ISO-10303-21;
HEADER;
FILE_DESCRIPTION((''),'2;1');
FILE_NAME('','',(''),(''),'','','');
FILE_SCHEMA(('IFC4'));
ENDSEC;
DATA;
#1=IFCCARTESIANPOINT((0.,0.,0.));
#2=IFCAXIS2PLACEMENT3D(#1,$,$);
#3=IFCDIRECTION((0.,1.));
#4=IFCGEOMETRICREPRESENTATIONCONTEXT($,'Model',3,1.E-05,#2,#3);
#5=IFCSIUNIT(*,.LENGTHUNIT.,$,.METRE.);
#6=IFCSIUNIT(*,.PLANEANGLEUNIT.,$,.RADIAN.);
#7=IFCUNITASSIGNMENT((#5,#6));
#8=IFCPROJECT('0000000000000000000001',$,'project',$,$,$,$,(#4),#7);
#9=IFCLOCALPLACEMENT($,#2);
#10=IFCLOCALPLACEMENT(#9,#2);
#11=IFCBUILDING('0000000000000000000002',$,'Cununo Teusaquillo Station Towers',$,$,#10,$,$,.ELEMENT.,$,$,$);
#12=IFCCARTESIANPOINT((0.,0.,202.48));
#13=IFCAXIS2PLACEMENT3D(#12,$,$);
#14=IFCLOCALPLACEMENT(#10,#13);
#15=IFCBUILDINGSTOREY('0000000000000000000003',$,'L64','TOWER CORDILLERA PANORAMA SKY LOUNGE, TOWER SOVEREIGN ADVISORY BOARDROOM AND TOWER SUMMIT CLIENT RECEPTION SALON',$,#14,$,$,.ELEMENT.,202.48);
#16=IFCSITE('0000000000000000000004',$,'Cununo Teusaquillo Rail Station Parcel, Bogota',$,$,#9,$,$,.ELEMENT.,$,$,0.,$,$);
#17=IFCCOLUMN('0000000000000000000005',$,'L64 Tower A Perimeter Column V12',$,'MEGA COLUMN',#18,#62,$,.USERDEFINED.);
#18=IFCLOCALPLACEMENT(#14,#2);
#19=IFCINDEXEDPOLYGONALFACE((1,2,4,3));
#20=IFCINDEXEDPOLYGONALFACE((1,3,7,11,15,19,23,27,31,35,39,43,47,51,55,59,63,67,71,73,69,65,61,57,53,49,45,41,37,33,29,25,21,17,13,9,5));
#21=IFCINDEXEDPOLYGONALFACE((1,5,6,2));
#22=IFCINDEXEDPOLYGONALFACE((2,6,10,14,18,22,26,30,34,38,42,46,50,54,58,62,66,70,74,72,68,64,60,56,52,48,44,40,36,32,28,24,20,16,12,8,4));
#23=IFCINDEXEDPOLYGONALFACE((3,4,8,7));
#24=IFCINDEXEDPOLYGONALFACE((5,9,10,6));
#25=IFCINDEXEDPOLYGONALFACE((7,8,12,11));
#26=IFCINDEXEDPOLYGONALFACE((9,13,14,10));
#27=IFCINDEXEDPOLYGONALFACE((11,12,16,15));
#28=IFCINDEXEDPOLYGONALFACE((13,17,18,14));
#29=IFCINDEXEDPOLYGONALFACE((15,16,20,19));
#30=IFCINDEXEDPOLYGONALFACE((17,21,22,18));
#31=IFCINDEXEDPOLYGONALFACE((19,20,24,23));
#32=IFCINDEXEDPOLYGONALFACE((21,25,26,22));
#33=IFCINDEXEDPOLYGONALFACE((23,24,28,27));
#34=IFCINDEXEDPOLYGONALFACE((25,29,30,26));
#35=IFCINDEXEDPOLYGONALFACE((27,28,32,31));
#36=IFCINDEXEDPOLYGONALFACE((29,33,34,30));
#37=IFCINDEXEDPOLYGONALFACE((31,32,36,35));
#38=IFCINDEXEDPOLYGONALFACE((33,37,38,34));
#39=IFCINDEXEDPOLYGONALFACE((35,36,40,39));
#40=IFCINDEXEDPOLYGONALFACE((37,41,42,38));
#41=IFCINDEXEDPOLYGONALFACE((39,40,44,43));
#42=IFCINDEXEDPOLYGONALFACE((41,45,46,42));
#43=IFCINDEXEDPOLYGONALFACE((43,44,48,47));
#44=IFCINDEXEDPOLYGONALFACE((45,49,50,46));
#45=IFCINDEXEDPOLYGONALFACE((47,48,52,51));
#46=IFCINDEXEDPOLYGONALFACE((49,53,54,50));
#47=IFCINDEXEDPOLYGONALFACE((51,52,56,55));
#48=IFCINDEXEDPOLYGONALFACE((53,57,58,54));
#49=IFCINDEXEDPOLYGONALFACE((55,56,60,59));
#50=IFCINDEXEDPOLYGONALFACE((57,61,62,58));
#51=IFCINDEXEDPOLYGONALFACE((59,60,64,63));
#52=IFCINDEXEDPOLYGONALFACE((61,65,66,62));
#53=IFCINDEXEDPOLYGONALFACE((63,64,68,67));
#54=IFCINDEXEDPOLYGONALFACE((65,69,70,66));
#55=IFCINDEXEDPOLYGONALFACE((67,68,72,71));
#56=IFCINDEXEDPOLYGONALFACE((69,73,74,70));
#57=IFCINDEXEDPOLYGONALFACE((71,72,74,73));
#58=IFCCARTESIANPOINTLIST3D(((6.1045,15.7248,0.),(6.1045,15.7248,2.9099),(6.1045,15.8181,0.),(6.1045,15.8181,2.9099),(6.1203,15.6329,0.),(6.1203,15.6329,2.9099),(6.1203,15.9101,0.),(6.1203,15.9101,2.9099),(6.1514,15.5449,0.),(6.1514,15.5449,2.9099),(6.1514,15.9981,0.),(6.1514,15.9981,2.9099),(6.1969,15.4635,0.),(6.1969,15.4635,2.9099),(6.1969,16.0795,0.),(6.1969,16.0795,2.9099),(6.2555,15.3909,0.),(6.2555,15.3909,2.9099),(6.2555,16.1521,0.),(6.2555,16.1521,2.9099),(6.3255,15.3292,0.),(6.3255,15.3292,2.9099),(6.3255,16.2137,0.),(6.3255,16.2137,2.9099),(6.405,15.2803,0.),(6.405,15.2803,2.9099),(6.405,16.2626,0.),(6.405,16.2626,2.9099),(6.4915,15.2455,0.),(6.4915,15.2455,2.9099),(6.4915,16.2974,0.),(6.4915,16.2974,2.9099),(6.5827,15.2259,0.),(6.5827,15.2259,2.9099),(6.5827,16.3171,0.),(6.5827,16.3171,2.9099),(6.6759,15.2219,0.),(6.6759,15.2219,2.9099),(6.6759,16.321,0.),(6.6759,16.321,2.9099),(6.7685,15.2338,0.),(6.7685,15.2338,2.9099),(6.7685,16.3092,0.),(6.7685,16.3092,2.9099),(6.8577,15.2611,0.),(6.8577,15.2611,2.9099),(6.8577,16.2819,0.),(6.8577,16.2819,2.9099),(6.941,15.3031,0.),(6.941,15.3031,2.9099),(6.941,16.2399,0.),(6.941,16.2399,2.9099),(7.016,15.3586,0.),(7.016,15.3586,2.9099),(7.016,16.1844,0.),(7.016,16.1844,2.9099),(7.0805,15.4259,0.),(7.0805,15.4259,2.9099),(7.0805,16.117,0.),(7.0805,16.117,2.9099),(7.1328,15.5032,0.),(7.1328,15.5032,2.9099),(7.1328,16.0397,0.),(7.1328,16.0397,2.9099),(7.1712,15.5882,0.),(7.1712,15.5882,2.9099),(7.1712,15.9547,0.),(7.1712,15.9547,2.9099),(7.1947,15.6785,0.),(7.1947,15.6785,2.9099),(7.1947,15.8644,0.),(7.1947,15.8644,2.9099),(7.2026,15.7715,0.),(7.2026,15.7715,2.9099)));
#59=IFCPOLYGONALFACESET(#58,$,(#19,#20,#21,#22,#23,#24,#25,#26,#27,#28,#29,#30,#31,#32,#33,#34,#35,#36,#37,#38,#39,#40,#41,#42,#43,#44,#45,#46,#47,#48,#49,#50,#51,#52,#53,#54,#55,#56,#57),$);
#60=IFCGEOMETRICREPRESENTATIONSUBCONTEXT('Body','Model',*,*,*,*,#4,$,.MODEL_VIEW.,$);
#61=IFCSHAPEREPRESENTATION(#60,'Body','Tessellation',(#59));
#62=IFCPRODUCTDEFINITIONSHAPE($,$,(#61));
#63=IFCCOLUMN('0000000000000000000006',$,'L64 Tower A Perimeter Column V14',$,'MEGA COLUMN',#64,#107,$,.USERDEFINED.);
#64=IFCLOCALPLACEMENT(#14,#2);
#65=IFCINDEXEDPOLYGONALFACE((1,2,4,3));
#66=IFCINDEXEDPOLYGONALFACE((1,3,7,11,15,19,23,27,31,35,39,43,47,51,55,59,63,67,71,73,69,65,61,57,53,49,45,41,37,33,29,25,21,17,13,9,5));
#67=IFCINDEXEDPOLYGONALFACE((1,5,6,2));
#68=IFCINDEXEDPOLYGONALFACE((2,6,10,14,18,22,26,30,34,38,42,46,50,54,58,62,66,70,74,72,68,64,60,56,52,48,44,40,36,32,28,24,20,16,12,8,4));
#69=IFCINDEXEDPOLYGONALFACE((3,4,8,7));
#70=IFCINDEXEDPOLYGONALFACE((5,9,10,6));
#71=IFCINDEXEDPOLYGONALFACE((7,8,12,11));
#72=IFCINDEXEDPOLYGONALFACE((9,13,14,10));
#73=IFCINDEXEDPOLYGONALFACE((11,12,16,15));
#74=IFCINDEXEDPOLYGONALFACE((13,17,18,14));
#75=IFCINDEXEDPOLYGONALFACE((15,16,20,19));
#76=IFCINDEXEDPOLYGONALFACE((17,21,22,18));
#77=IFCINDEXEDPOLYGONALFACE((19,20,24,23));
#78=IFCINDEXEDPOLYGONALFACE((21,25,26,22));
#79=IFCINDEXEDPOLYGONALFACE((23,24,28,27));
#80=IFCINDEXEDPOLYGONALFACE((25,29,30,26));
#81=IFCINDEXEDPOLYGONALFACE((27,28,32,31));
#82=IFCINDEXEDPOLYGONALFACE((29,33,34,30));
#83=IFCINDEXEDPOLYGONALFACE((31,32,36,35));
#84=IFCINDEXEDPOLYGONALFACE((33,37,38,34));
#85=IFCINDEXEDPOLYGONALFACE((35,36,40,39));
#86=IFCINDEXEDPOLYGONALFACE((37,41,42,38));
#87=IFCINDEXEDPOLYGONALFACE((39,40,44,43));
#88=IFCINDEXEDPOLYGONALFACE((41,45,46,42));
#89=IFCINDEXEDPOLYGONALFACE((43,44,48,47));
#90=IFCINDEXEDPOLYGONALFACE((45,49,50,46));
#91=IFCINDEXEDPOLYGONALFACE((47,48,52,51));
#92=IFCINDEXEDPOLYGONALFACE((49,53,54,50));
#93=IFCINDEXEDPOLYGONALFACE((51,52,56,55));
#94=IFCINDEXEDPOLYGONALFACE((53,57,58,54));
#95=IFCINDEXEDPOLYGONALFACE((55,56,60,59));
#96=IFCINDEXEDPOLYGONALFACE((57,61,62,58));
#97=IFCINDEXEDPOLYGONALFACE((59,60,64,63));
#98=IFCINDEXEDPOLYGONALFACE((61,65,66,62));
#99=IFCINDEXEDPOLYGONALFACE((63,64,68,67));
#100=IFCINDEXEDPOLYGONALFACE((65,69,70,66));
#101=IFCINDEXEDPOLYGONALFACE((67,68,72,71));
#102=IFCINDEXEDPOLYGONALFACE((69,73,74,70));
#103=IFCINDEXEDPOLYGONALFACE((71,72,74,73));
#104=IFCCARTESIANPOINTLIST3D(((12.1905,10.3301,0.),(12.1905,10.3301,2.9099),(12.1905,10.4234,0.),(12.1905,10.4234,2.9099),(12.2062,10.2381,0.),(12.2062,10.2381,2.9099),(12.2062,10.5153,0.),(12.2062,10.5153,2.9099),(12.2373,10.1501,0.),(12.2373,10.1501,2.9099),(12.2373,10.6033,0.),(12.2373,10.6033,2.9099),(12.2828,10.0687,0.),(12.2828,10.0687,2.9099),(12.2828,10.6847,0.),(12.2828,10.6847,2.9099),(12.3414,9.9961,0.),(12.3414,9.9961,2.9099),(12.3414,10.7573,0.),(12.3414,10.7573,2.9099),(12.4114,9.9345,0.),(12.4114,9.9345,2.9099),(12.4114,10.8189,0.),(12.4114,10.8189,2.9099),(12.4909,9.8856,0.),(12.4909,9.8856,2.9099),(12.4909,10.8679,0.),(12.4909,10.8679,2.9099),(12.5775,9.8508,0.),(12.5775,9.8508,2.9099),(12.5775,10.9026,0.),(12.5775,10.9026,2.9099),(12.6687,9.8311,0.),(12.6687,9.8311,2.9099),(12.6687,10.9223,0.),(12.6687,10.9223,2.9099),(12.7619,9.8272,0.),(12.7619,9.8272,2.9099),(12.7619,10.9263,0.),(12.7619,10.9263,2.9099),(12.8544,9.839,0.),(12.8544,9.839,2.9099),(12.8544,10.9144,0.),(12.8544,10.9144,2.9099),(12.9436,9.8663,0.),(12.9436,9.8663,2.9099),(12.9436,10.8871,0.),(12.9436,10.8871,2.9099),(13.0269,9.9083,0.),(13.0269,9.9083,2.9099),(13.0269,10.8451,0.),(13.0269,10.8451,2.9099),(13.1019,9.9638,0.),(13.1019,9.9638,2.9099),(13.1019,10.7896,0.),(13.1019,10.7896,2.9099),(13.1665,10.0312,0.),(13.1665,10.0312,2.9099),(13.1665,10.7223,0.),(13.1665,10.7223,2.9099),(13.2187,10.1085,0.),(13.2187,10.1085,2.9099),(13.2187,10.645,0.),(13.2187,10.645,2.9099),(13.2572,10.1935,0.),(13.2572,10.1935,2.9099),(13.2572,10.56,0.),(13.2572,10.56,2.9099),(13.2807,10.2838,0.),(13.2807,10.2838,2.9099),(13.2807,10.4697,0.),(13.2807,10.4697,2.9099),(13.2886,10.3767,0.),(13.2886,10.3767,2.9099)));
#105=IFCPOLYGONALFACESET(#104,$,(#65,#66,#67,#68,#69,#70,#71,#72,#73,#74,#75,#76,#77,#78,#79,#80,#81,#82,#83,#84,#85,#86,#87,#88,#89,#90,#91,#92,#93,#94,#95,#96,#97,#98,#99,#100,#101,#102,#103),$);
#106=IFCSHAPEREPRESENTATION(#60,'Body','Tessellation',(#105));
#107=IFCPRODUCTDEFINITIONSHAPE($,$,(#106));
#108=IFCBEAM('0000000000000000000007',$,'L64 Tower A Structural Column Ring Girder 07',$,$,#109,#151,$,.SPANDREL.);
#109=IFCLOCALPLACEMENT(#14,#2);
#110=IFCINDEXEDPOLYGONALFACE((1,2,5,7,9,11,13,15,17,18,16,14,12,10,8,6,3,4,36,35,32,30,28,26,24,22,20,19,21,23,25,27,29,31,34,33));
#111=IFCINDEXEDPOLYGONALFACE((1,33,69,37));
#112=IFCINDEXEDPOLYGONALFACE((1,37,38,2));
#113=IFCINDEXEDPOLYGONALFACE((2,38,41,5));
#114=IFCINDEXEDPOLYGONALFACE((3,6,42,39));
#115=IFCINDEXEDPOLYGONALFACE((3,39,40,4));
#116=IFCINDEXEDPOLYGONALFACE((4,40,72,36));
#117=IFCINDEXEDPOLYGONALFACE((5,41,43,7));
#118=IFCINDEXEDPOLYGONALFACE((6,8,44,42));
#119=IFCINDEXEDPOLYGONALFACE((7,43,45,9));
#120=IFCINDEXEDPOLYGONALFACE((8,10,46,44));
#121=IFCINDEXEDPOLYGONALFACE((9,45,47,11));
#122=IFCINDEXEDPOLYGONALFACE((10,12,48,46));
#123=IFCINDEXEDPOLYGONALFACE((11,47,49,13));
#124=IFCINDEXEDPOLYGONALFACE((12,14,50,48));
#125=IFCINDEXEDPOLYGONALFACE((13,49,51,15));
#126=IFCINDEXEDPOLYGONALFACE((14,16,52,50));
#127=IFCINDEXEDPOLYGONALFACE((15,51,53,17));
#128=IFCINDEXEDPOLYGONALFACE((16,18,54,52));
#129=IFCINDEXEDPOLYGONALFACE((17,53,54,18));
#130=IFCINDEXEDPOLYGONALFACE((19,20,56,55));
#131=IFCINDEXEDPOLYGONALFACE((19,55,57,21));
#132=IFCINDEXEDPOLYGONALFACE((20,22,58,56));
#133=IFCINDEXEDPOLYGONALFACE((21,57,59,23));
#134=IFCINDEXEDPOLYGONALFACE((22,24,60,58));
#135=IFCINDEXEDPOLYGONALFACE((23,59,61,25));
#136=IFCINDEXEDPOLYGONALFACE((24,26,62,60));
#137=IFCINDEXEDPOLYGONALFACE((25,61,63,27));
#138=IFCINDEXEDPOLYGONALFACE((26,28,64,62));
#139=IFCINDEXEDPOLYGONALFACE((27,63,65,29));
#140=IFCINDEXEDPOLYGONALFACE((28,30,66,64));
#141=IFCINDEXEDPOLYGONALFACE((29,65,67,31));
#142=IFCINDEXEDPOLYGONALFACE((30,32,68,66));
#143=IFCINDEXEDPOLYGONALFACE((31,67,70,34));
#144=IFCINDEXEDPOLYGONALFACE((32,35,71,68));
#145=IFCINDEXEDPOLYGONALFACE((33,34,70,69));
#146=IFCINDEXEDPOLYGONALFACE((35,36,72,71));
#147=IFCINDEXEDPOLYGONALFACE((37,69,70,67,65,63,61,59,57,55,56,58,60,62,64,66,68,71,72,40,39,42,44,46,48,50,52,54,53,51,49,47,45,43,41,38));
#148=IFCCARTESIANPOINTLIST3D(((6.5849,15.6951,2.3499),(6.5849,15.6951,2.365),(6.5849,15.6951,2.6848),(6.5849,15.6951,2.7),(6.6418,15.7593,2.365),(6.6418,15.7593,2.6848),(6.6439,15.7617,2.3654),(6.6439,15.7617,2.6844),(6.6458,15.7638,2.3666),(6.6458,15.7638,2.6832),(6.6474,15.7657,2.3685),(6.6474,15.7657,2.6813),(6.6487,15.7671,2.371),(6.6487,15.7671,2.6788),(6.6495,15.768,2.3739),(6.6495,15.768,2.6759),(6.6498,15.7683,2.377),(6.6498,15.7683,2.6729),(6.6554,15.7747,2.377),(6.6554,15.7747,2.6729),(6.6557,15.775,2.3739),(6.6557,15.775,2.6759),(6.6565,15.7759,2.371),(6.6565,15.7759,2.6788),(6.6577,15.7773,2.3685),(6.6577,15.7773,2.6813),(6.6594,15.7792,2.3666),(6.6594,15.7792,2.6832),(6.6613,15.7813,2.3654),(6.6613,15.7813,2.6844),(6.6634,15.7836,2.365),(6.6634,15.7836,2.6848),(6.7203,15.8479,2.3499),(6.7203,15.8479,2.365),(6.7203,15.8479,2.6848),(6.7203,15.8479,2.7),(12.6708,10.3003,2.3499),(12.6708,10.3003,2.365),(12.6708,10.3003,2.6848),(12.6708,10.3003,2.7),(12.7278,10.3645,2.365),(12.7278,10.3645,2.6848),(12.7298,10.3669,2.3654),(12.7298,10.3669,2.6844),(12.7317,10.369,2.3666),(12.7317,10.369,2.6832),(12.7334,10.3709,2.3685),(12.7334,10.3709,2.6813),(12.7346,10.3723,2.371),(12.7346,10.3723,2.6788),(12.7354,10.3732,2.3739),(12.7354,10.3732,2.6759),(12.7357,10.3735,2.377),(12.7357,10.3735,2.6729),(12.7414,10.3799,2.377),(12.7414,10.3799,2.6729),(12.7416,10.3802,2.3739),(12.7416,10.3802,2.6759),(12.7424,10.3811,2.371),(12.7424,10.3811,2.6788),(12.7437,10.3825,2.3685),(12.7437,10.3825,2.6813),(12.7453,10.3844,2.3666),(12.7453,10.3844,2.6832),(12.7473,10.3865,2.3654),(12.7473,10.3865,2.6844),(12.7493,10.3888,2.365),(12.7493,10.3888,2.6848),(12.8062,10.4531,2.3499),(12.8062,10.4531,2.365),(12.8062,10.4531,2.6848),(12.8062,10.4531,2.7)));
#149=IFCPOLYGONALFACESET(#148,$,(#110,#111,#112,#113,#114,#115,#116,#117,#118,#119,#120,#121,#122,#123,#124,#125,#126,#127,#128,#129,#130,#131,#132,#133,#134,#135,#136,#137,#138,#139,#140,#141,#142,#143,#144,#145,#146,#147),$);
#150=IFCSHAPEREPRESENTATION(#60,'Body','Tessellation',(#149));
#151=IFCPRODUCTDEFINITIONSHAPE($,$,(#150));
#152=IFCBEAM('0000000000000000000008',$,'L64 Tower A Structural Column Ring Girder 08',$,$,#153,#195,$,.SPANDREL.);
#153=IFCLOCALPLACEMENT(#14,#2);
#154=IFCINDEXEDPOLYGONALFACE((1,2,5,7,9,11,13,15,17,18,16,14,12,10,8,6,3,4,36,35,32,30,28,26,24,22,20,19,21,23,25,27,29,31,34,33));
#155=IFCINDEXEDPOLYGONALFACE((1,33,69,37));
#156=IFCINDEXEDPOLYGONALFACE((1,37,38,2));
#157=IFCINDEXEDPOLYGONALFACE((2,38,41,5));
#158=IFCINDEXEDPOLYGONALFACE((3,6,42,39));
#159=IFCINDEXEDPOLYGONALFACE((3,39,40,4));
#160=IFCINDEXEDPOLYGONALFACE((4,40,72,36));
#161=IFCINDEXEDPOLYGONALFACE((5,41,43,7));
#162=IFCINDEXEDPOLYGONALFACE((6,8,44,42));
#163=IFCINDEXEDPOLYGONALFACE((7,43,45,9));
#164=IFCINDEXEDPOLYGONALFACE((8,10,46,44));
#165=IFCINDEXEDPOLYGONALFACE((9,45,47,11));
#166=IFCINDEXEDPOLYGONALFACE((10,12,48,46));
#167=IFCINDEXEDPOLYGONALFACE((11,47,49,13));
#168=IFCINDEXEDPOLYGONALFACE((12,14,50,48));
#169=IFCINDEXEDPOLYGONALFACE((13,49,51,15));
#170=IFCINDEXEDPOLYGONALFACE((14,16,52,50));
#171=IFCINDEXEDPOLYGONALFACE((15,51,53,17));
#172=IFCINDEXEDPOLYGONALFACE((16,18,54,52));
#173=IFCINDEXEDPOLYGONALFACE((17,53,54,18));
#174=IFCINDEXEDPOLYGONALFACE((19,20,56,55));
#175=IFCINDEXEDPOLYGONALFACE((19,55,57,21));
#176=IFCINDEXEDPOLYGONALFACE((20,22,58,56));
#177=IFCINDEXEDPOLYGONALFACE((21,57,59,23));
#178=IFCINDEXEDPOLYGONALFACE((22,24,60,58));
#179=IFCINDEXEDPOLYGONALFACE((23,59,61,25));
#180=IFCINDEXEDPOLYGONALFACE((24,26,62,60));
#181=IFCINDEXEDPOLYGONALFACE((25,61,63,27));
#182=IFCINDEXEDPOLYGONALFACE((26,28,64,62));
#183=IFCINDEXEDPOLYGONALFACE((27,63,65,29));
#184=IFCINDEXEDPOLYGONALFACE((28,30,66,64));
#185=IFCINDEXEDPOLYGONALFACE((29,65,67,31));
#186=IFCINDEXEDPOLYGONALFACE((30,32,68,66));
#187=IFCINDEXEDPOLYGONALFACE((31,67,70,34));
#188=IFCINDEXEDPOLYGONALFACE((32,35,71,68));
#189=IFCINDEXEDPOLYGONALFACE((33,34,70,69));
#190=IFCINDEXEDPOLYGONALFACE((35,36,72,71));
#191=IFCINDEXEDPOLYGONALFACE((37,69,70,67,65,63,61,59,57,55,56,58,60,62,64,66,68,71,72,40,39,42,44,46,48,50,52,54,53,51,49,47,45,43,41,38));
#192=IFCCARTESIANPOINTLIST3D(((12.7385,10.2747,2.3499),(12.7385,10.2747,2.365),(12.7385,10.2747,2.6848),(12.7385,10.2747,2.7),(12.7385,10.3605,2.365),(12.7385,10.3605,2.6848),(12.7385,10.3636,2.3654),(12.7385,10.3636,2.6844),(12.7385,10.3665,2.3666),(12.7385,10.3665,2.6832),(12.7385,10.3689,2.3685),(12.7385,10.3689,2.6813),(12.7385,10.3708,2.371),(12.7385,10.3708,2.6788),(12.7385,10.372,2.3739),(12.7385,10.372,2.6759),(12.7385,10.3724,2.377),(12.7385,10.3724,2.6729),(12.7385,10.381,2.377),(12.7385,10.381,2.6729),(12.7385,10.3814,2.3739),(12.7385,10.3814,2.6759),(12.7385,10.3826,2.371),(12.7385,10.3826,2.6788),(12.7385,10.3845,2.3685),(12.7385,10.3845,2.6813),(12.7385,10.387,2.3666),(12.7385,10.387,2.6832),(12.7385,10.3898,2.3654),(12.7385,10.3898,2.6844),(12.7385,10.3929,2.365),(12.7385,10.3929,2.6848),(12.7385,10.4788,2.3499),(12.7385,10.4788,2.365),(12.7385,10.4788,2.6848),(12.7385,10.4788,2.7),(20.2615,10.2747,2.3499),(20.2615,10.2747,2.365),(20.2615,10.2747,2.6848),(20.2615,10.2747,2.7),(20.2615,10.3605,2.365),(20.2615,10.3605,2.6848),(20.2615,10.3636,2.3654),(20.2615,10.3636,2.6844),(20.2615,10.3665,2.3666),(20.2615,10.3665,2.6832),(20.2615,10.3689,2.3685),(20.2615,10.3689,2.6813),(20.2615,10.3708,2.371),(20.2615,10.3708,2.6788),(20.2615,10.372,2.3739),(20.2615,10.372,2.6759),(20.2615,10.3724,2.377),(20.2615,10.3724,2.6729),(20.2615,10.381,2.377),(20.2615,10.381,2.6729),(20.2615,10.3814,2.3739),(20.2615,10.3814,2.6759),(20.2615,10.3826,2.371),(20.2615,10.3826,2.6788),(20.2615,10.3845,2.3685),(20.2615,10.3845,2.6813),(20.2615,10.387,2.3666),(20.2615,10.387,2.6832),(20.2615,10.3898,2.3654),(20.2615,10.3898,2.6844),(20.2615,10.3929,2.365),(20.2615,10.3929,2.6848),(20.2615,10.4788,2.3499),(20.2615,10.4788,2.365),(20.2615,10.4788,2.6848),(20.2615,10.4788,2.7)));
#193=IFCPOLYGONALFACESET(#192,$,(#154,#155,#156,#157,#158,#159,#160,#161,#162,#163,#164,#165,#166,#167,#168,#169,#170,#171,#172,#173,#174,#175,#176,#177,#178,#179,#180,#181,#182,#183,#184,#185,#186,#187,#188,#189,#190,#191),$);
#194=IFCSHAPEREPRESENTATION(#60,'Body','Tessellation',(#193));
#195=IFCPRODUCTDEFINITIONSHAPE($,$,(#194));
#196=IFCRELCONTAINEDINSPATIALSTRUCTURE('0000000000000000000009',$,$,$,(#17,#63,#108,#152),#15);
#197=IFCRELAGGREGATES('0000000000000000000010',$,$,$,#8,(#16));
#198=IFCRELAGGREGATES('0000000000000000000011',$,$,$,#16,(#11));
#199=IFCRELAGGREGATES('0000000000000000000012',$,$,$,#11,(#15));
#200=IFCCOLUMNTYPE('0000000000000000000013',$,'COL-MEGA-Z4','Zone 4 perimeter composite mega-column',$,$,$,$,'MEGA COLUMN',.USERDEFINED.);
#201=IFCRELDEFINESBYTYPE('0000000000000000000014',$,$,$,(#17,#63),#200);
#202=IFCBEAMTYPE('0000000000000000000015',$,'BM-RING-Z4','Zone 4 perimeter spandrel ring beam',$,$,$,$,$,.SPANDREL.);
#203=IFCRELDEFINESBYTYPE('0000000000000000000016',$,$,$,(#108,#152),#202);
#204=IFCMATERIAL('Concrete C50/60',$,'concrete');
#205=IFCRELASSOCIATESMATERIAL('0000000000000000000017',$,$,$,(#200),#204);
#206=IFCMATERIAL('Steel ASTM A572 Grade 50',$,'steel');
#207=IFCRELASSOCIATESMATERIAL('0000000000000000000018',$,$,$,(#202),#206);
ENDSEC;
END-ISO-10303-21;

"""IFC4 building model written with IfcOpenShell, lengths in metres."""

from ifc_helpers import new_model, si_unit, direction, frame, origin, origin_2d, place, context, subcontext, project, spatial, circle, i_section, extrude, material, material_profile, profile_set, type_object, element, save


model = new_model("IFC4")

# Units and contexts
model_context = context("Model", 3, precision=1e-05, world=origin(), true_north=direction((0.0, 1.0)))
body_context = subcontext(model_context, "Body", "Model", "MODEL_VIEW")
ifc_project = project(units=[si_unit("LENGTHUNIT", "METRE"), si_unit("PLANEANGLEUNIT", "RADIAN")], contexts=[model_context])

# Site, building, storey
site_placement = place(None, origin())
site = spatial("IfcSite", under=ifc_project, at=site_placement, Name="Cununo Teusaquillo Rail Station Parcel, Bogota", CompositionType="ELEMENT", RefElevation=0.0)
building_placement = place(site_placement, origin())
building = spatial("IfcBuilding", under=site, at=building_placement, Name="Cununo Teusaquillo Station Towers", CompositionType="ELEMENT")
storey_placement = place(building_placement, frame((0.0, 0.0, 202.48)))
storey = spatial("IfcBuildingStorey", under=building, at=storey_placement, Name="L64", Description="TOWER CORDILLERA PANORAMA SKY LOUNGE, TOWER SOVEREIGN ADVISORY BOARDROOM AND TOWER SUMMIT CLIENT RECEPTION SALON", CompositionType="ELEMENT", Elevation=202.48)

# Columns
ifc_material_1 = material(Name="Concrete C50/60", Category="concrete")
ifc_material_profile_1 = material_profile(ifc_material_1, circle(Radius=0.55, at=origin_2d()), Name="RC-CIRC-1100")
ifc_profile_set_1 = profile_set([ifc_material_profile_1], Name="Concrete C50/60")
column_type = type_object("IfcColumnType", Name="COL-MEGA-Z4", Description="Zone 4 perimeter composite mega-column", ElementType="MEGA COLUMN", PredefinedType="USERDEFINED", material=ifc_profile_set_1)
for number, where, z_axis, x_axis, name in (
    (1, (6.6526, 15.7715, 0.0), (0.0, 0.0, 1.0), (1.0, 0.0, 0.0), "L64 Tower A Perimeter Column V12"),
    (2, (12.7385, 10.3767, 0.0), (0.0, 0.0, 1.0), (1.0, 0.0, 0.0), "L64 Tower A Perimeter Column V14"),
):
    element("IfcColumn", number, at=place(storey_placement, frame(where, z_axis=z_axis, x_axis=x_axis)), inside=storey, type_object=column_type, Name=name, ObjectType="MEGA COLUMN", PredefinedType="USERDEFINED", context=body_context, shape_type="SweptSolid", body=[
        extrude(circle(Radius=0.55, at=origin_2d()), origin(), (0.0, 0.0, 1.0), 2.9099),
    ])

# Beams
ifc_material_2 = material(Name="Steel ASTM A572 Grade 50", Category="steel")
ifc_material_profile_2 = material_profile(ifc_material_2, i_section(OverallWidth=0.2041, OverallDepth=0.3501, WebThickness=0.0085, FlangeThickness=0.0151, FilletRadius=0.012, at=origin_2d()), Name="W14X48")
ifc_profile_set_2 = profile_set([ifc_material_profile_2], Name="Steel ASTM A572 Grade 50")
beam_type = type_object("IfcBeamType", Name="BM-RING-Z4", Description="Zone 4 perimeter spandrel ring beam", PredefinedType="SPANDREL", material=ifc_profile_set_2)
beam_1_placement = place(storey_placement, frame((6.6526, 15.7715, 2.5249), z_axis=(0.748321, -0.663337, 0.0), x_axis=(0.663337, 0.748321, 0.0)))
element("IfcBeam", 3, at=beam_1_placement, inside=storey, type_object=beam_type, Name="L64 Tower A Structural Column Ring Girder 07", PredefinedType="SPANDREL", context=body_context, shape_type="SweptSolid", body=[
    extrude(i_section(OverallWidth=0.2041, OverallDepth=0.3501, WebThickness=0.0085, FlangeThickness=0.0151, FilletRadius=0.012, at=origin_2d()), origin(), (0.0, 0.0, 1.0), 8.1328),
])
beam_2_placement = place(storey_placement, frame((12.7385, 10.3767, 2.5249), z_axis=(1.0, 0.0, 0.0), x_axis=(0.0, 1.0, 0.0)))
element("IfcBeam", 4, at=beam_2_placement, inside=storey, type_object=beam_type, Name="L64 Tower A Structural Column Ring Girder 08", PredefinedType="SPANDREL", context=body_context, shape_type="SweptSolid", body=[
    extrude(i_section(OverallWidth=0.2041, OverallDepth=0.3501, WebThickness=0.0085, FlangeThickness=0.0151, FilletRadius=0.012, at=origin_2d()), origin(), (0.0, 0.0, 1.0), 7.5229),
])

save(model, "model.ifc")
